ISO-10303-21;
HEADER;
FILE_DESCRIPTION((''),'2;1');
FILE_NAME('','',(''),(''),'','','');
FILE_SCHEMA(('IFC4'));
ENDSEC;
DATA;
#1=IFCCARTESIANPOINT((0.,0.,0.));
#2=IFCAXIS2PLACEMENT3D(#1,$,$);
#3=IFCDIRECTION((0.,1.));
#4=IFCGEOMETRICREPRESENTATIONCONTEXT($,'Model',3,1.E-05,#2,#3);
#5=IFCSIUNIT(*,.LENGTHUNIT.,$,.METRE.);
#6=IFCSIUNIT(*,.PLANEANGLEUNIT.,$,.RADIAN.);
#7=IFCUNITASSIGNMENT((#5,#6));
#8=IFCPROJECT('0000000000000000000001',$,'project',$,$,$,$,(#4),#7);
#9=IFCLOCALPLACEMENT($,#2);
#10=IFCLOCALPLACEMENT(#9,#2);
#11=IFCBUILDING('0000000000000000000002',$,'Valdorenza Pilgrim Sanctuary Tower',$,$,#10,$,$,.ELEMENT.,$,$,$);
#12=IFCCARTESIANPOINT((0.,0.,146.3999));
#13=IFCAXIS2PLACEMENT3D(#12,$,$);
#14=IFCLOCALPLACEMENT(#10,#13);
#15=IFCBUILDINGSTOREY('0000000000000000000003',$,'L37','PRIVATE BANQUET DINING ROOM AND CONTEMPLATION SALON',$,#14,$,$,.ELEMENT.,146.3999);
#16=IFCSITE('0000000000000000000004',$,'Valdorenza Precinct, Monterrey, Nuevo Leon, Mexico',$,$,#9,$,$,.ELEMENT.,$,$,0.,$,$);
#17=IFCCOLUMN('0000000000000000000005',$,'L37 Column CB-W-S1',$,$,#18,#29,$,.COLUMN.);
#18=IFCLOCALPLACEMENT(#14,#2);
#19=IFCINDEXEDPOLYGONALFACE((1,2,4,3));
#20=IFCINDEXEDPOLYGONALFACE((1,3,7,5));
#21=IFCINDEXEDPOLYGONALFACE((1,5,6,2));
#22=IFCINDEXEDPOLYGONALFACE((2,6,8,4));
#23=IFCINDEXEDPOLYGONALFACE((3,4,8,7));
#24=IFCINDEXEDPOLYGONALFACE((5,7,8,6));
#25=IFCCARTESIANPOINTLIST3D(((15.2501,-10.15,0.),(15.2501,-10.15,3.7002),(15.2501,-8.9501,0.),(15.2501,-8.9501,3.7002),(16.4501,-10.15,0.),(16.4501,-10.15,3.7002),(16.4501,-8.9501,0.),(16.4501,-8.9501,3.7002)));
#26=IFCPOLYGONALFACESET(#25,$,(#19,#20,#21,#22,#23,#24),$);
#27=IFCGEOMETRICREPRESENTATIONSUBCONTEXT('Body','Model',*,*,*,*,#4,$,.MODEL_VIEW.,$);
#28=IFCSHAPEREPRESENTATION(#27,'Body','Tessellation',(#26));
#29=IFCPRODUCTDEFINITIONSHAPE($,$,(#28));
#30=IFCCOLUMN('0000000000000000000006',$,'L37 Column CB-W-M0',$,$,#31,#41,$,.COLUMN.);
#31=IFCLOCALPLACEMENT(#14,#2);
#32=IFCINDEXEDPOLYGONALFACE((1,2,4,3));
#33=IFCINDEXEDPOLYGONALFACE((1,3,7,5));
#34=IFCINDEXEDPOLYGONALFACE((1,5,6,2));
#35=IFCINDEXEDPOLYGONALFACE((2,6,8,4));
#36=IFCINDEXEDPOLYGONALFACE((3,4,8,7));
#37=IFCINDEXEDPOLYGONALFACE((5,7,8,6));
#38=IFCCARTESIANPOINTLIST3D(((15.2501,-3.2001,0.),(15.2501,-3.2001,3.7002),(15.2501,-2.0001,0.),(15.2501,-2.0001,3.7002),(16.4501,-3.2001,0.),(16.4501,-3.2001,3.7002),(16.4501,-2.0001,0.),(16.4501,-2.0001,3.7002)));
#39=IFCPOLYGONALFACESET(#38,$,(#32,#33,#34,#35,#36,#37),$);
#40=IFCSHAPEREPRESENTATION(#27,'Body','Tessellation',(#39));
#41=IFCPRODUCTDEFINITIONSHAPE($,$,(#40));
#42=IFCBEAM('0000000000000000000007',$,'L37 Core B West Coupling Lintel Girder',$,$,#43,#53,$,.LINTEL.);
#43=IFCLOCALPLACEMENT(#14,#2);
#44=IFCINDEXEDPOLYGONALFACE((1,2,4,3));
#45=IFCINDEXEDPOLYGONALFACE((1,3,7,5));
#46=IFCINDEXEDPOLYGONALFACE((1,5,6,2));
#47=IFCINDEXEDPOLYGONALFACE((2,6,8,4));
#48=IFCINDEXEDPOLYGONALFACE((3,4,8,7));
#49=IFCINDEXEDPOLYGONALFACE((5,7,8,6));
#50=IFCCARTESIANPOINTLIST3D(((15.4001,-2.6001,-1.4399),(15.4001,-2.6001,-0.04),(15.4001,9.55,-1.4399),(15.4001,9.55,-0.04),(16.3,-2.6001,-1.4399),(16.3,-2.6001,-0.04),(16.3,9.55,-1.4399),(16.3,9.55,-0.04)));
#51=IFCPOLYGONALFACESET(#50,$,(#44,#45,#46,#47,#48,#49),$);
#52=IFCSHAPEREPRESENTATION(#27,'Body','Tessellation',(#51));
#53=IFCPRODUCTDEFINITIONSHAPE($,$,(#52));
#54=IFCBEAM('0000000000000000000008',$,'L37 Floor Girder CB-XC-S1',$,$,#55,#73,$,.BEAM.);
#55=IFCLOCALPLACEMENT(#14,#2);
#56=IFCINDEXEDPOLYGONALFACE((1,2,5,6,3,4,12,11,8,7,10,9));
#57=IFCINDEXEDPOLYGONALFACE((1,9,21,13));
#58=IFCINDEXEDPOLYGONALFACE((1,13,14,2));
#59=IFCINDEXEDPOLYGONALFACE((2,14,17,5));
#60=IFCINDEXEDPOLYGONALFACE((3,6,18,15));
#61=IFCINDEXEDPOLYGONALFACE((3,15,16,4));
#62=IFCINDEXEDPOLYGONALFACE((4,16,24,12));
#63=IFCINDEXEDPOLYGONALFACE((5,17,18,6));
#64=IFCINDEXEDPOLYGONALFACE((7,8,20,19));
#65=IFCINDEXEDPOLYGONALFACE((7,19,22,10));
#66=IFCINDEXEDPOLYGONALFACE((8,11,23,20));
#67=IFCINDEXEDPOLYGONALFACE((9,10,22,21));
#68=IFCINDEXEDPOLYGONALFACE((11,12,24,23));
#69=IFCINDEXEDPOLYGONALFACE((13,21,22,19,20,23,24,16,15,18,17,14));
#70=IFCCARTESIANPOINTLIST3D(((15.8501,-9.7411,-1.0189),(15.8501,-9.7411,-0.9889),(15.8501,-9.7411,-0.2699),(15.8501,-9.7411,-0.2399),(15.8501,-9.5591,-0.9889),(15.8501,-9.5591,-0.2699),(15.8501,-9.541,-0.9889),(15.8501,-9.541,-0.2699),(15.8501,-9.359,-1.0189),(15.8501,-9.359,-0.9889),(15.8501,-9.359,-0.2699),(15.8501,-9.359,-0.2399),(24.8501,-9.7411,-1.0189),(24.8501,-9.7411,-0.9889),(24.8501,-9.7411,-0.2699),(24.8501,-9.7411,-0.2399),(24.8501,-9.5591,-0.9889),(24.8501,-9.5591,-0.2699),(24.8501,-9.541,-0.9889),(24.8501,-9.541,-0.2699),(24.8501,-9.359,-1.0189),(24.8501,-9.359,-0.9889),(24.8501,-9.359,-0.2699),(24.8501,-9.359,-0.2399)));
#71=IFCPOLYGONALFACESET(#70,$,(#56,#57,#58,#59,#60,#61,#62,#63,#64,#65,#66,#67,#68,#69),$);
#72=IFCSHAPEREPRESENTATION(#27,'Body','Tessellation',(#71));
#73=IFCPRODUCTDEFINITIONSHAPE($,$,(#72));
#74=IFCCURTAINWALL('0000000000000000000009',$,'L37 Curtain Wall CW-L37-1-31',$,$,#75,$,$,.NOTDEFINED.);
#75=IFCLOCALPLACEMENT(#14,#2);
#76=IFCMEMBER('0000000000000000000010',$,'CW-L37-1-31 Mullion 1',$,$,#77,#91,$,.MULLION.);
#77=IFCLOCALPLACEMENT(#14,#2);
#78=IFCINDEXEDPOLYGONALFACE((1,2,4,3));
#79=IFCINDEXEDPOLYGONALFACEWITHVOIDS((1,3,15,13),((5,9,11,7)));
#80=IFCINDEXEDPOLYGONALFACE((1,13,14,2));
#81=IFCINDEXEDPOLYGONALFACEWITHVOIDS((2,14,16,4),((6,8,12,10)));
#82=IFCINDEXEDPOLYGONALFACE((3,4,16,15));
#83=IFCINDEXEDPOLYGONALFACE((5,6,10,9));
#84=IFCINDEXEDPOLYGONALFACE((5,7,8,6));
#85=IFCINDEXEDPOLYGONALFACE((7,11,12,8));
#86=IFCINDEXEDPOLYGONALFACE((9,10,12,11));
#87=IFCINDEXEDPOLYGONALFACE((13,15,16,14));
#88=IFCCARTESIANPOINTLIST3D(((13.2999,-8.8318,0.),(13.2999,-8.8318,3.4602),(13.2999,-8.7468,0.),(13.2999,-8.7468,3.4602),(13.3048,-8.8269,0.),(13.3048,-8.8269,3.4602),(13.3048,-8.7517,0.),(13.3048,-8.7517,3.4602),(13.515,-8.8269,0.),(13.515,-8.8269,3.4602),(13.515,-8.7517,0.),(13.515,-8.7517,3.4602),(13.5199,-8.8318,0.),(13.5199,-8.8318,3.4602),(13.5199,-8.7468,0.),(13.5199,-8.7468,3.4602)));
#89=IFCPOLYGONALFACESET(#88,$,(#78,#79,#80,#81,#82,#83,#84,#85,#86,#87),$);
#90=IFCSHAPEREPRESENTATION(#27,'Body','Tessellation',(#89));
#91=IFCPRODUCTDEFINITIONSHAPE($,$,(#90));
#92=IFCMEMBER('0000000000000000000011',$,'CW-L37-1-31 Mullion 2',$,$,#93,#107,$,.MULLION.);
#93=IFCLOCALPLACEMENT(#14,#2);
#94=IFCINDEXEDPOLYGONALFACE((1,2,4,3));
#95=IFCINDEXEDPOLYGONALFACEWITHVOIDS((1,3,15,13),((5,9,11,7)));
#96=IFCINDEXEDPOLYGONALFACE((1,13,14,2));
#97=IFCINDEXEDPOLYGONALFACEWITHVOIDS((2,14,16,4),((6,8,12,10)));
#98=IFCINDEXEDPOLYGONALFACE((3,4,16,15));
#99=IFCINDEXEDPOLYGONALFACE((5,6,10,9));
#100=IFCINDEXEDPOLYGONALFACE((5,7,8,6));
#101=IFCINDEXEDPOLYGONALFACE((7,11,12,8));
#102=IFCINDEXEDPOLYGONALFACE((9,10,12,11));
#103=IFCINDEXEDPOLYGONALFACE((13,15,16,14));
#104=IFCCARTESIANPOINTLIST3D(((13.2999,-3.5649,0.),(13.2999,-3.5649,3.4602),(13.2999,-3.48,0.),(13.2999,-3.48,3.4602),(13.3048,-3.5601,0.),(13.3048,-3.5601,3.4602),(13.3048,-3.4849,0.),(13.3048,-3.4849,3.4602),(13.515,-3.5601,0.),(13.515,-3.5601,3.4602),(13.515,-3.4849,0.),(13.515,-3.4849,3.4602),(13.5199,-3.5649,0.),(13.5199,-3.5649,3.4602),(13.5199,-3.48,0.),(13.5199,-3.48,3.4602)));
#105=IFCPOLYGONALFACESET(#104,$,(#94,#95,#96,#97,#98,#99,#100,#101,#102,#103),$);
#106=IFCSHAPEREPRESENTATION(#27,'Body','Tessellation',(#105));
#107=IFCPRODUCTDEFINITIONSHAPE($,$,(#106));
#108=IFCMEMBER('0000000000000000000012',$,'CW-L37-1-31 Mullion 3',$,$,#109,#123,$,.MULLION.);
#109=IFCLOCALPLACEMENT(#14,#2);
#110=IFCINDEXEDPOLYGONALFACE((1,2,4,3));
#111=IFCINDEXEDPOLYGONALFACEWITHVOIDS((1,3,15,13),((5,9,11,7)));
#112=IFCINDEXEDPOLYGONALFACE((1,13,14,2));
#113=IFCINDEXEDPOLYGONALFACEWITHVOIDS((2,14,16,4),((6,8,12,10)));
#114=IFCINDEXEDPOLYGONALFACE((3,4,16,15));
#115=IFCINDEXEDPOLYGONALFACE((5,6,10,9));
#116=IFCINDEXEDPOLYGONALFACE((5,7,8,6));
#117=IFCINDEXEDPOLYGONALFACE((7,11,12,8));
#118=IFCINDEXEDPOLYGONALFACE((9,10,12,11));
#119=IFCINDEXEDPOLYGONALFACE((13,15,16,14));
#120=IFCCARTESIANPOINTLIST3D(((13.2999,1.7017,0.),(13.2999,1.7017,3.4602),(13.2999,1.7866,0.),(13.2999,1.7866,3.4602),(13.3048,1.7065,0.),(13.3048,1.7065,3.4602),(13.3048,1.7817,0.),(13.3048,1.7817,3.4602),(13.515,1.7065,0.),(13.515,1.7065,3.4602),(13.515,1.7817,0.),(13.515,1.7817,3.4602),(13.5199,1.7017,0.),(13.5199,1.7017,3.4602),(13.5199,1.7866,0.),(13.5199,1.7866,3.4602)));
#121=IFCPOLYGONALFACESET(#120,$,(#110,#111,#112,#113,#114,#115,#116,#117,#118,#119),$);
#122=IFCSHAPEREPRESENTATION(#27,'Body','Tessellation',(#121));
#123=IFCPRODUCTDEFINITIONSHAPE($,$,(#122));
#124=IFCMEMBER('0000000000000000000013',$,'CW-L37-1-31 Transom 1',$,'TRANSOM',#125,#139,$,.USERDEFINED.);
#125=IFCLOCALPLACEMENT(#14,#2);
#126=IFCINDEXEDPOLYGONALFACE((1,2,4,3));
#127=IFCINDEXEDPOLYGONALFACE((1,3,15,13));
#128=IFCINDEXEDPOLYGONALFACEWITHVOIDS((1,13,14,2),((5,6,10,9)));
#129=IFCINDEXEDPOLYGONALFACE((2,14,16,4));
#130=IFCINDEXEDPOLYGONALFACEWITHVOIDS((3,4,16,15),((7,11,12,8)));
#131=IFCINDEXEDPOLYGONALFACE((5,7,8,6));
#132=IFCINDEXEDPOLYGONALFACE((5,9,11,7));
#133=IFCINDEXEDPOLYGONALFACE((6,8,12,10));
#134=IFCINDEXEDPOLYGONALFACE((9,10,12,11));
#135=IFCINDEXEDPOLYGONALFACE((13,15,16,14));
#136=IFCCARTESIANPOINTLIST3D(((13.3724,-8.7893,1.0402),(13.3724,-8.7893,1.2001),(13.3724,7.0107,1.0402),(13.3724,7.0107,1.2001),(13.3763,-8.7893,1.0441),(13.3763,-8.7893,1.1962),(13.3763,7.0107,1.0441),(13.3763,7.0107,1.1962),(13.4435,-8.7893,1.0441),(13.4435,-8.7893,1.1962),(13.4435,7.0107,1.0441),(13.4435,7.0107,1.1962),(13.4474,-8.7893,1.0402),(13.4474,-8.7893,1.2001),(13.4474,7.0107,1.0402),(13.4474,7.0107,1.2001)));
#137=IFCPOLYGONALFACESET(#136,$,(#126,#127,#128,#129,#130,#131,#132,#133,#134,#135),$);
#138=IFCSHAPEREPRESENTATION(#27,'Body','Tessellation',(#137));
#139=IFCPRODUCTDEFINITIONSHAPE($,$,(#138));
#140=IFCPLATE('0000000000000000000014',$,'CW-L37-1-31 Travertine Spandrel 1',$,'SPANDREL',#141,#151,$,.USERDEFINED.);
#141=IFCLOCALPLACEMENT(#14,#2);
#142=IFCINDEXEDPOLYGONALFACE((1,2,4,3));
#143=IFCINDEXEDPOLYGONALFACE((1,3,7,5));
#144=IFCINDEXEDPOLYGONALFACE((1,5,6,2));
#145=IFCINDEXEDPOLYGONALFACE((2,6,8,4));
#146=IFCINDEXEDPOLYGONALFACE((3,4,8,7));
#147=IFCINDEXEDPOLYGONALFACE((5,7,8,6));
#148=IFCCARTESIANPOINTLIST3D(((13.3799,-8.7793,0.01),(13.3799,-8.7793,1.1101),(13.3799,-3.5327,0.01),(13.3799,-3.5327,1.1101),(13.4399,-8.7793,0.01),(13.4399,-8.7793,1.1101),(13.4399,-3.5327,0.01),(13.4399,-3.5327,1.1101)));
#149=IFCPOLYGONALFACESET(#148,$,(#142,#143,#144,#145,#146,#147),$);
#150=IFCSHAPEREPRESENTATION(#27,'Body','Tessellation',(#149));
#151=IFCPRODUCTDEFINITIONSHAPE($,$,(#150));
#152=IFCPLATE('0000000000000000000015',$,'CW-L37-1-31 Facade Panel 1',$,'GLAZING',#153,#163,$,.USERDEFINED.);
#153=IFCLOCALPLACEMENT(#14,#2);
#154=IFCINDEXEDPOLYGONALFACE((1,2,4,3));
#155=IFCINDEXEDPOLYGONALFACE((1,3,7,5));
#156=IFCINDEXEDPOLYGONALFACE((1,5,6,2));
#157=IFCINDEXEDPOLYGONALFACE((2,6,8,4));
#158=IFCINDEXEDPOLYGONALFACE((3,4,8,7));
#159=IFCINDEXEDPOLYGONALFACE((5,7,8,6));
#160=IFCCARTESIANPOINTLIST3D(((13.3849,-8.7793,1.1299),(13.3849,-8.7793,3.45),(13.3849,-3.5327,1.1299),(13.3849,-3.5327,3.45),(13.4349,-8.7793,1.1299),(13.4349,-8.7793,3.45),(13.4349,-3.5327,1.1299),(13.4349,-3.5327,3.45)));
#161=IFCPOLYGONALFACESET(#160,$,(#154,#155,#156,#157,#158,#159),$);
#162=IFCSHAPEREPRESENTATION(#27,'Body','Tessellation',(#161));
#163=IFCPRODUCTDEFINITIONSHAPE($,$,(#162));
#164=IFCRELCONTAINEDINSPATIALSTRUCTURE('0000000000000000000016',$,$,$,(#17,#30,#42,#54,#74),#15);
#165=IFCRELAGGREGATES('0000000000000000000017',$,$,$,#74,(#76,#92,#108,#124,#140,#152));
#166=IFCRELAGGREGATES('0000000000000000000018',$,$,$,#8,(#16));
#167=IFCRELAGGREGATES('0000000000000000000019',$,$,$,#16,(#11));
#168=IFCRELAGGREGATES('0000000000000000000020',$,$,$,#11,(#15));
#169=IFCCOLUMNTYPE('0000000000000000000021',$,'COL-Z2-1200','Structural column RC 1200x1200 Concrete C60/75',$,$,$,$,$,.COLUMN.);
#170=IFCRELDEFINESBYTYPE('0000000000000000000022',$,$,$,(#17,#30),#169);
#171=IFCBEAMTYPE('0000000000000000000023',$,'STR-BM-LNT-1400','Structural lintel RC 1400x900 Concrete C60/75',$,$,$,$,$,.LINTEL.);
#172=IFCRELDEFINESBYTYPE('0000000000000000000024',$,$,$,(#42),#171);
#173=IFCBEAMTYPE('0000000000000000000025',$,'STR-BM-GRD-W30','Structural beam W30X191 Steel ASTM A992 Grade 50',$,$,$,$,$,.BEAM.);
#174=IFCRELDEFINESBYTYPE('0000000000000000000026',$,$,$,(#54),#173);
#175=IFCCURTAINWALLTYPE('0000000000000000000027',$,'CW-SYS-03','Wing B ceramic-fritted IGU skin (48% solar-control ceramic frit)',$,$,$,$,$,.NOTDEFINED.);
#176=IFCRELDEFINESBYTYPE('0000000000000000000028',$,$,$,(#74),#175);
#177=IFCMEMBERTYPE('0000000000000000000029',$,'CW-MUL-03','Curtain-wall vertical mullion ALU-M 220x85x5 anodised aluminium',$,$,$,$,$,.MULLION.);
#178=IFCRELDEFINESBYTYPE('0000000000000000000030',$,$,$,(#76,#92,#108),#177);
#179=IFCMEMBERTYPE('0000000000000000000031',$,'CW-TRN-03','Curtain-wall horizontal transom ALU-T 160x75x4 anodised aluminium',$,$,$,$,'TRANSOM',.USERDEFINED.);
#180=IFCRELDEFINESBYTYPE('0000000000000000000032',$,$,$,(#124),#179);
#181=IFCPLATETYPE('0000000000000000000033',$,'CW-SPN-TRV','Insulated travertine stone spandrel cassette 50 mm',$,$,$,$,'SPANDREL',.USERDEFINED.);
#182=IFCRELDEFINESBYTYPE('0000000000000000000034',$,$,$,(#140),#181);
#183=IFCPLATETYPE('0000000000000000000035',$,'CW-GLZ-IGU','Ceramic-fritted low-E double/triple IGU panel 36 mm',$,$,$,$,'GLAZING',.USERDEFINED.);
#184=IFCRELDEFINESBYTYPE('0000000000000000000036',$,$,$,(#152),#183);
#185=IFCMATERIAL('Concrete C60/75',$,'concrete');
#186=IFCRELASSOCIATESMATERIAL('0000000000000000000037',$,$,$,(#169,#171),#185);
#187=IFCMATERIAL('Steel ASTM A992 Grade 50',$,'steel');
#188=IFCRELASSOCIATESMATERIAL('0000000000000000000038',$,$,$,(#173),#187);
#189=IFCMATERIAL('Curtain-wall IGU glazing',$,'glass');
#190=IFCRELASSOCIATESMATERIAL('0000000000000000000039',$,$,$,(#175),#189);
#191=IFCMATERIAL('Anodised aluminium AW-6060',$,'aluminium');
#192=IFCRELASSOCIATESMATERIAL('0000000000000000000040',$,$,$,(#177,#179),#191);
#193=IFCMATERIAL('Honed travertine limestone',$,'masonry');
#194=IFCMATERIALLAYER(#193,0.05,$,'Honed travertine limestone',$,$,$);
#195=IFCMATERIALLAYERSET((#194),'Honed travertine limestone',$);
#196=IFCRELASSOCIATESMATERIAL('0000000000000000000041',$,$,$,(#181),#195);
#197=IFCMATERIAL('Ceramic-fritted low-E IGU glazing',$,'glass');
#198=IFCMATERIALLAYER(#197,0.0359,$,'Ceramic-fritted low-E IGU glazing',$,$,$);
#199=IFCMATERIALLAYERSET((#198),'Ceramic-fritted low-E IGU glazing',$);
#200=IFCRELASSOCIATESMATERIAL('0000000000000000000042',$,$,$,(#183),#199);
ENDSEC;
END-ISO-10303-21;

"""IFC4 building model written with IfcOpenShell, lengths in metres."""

from ifc_helpers import new_model, si_unit, direction, frame, origin, origin_2d, place, context, subcontext, project, spatial, rectangle, hollow_rectangle, i_section, extrude, source, transform, mapped, material, layer, layer_set, material_profile, profile_set, type_object, element, aggregate, save


model = new_model("IFC4")

# Units and contexts
model_context = context("Model", 3, precision=1e-05, world=origin(), true_north=direction((0.0, 1.0)))
body_context = subcontext(model_context, "Body", "Model", "MODEL_VIEW")
ifc_project = project(units=[si_unit("LENGTHUNIT", "METRE"), si_unit("PLANEANGLEUNIT", "RADIAN")], contexts=[model_context])

# Site, building, storey
site_placement = place(None, origin())
site = spatial("IfcSite", under=ifc_project, at=site_placement, Name="Valdorenza Precinct, Monterrey, Nuevo Leon, Mexico", CompositionType="ELEMENT", RefElevation=0.0)
building_placement = place(site_placement, origin())
building = spatial("IfcBuilding", under=site, at=building_placement, Name="Valdorenza Pilgrim Sanctuary Tower", CompositionType="ELEMENT")
storey_placement = place(building_placement, frame((0.0, 0.0, 146.3999)))
storey = spatial("IfcBuildingStorey", under=building, at=storey_placement, Name="L37", Description="PRIVATE BANQUET DINING ROOM AND CONTEMPLATION SALON", CompositionType="ELEMENT", Elevation=146.3999)

# Columns
ifc_material_1 = material(Name="Concrete C60/75", Category="concrete")
ifc_material_profile_1 = material_profile(ifc_material_1, rectangle(XDim=1.2, YDim=1.2, at=origin_2d()), Name="RC 1200x1200")
ifc_profile_set_1 = profile_set([ifc_material_profile_1], Name="Concrete C60/75")
column_type = type_object("IfcColumnType", Name="COL-Z2-1200", Description="Structural column RC 1200x1200 Concrete C60/75", PredefinedType="COLUMN", material=ifc_profile_set_1)
shared_shape_1 = source(origin(), body_context, "Body", "SweptSolid", [
    extrude(rectangle(XDim=1.2, YDim=1.2, at=origin_2d()), origin(), (0.0, 0.0, 1.0), 3.7002),
])
for number, where, z_axis, x_axis, name in (
    (1, (15.8501, -9.55, 0.0), (0.0, 0.0, 1.0), (1.0, 0.0, 0.0), "L37 Column CB-W-S1"),
    (2, (15.8501, -2.6001, 0.0), (0.0, 0.0, 1.0), (1.0, 0.0, 0.0), "L37 Column CB-W-M0"),
):
    element("IfcColumn", number, at=place(storey_placement, frame(where, z_axis=z_axis, x_axis=x_axis)), inside=storey, type_object=column_type, Name=name, PredefinedType="COLUMN", context=body_context, shape_type="MappedRepresentation", body=[
        mapped(shared_shape_1, transform((0.0, 0.0, 0.0), x_axis=(1.0, 0.0, 0.0), y_axis=(0.0, 1.0, 0.0), z_axis=(0.0, 0.0, 1.0), scale=1.0)),
    ])

# Beams
ifc_material_profile_2 = material_profile(ifc_material_1, rectangle(XDim=0.8999, YDim=1.3999, at=origin_2d()), Name="RC 1400x900")
ifc_profile_set_2 = profile_set([ifc_material_profile_2], Name="Concrete C60/75")
beam_type_1 = type_object("IfcBeamType", Name="STR-BM-LNT-1400", Description="Structural lintel RC 1400x900 Concrete C60/75", PredefinedType="LINTEL", material=ifc_profile_set_2)
shared_shape_2 = source(origin(), body_context, "Body", "SweptSolid", [
    extrude(rectangle(XDim=0.8999, YDim=1.3999, at=origin_2d()), origin(), (0.0, 0.0, 1.0), 12.1501),
])
beam_1_placement = place(storey_placement, frame((15.8501, -2.6001, -0.74), z_axis=(0.0, 1.0, 0.0), x_axis=(-1.0, 0.0, 0.0)))
element("IfcBeam", 3, at=beam_1_placement, inside=storey, type_object=beam_type_1, Name="L37 Core B West Coupling Lintel Girder", PredefinedType="LINTEL", context=body_context, shape_type="MappedRepresentation", body=[
    mapped(shared_shape_2, transform((0.0, 0.0, 0.0), x_axis=(1.0, 0.0, 0.0), y_axis=(0.0, 1.0, 0.0), z_axis=(0.0, 0.0, 1.0), scale=1.0)),
])
ifc_material_2 = material(Name="Steel ASTM A992 Grade 50", Category="steel")
ifc_material_profile_3 = material_profile(ifc_material_2, i_section(OverallWidth=0.3821, OverallDepth=0.7791, WebThickness=0.0181, FlangeThickness=0.03, at=origin_2d()), Name="W30X191")
ifc_profile_set_3 = profile_set([ifc_material_profile_3], Name="Steel ASTM A992 Grade 50")
beam_type_2 = type_object("IfcBeamType", Name="STR-BM-GRD-W30", Description="Structural beam W30X191 Steel ASTM A992 Grade 50", PredefinedType="BEAM", material=ifc_profile_set_3)
shared_shape_3 = source(origin(), body_context, "Body", "SweptSolid", [
    extrude(i_section(OverallWidth=0.3821, OverallDepth=0.7791, WebThickness=0.0181, FlangeThickness=0.03, at=origin_2d()), origin(), (0.0, 0.0, 1.0), 9.0),
])
beam_2_placement = place(storey_placement, frame((15.8501, -9.55, -0.6294), z_axis=(1.0, 0.0, 0.0), x_axis=(0.0, 1.0, 0.0)))
element("IfcBeam", 4, at=beam_2_placement, inside=storey, type_object=beam_type_2, Name="L37 Floor Girder CB-XC-S1", PredefinedType="BEAM", context=body_context, shape_type="MappedRepresentation", body=[
    mapped(shared_shape_3, transform((0.0, 0.0, 0.0), x_axis=(1.0, 0.0, 0.0), y_axis=(0.0, 1.0, 0.0), z_axis=(0.0, 0.0, 1.0), scale=1.0)),
])

# Curtain wall, members, plates
ifc_material_3 = material(Name="Curtain-wall IGU glazing", Category="glass")
curtain_wall_type = type_object("IfcCurtainWallType", Name="CW-SYS-03", Description="Wing B ceramic-fritted IGU skin (48% solar-control ceramic frit)", PredefinedType="NOTDEFINED", material=ifc_material_3)
curtain_wall_placement = place(storey_placement, origin())
curtain_wall = element("IfcCurtainWall", 5, at=curtain_wall_placement, inside=storey, type_object=curtain_wall_type, Name="L37 Curtain Wall CW-L37-1-31", PredefinedType="NOTDEFINED")
ifc_material_4 = material(Name="Anodised aluminium AW-6060", Category="aluminium")
ifc_material_profile_4 = material_profile(ifc_material_4, hollow_rectangle(XDim=0.085, YDim=0.22, WallThickness=0.0049, at=origin_2d()), Name="ALU-M 220x85x5")
ifc_profile_set_4 = profile_set([ifc_material_profile_4], Name="Anodised aluminium AW-6060")
member_type_1 = type_object("IfcMemberType", Name="CW-MUL-03", Description="Curtain-wall vertical mullion ALU-M 220x85x5 anodised aluminium", PredefinedType="MULLION", material=ifc_profile_set_4)
shared_shape_4 = source(origin(), body_context, "Body", "SweptSolid", [
    extrude(hollow_rectangle(XDim=0.085, YDim=0.22, WallThickness=0.0049, at=origin_2d()), origin(), (0.0, 0.0, 1.0), 3.4602),
])
member_1_placement = place(storey_placement, frame((13.4099, -8.7893, 0.0), z_axis=(0.0, 0.0, 1.0), x_axis=(0.0, 1.0, 0.0)))
member_1 = element("IfcMember", 6, at=member_1_placement, type_object=member_type_1, Name="CW-L37-1-31 Mullion 1", PredefinedType="MULLION", context=body_context, shape_type="MappedRepresentation", body=[
    mapped(shared_shape_4, transform((0.0, 0.0, 0.0), x_axis=(1.0, 0.0, 0.0), y_axis=(0.0, 1.0, 0.0), z_axis=(0.0, 0.0, 1.0), scale=1.0)),
])
member_2_placement = place(storey_placement, frame((13.4099, -3.5225, 0.0), z_axis=(0.0, 0.0, 1.0), x_axis=(0.0, 1.0, 0.0)))
member_2 = element("IfcMember", 7, at=member_2_placement, type_object=member_type_1, Name="CW-L37-1-31 Mullion 2", PredefinedType="MULLION", context=body_context, shape_type="MappedRepresentation", body=[
    mapped(shared_shape_4, transform((0.0, 0.0, 0.0), x_axis=(1.0, 0.0, 0.0), y_axis=(0.0, 1.0, 0.0), z_axis=(0.0, 0.0, 1.0), scale=1.0)),
])
member_3_placement = place(storey_placement, frame((13.4099, 1.7441, 0.0), z_axis=(0.0, 0.0, 1.0), x_axis=(0.0, 1.0, 0.0)))
member_3 = element("IfcMember", 8, at=member_3_placement, type_object=member_type_1, Name="CW-L37-1-31 Mullion 3", PredefinedType="MULLION", context=body_context, shape_type="MappedRepresentation", body=[
    mapped(shared_shape_4, transform((0.0, 0.0, 0.0), x_axis=(1.0, 0.0, 0.0), y_axis=(0.0, 1.0, 0.0), z_axis=(0.0, 0.0, 1.0), scale=1.0)),
])
ifc_material_profile_5 = material_profile(ifc_material_4, hollow_rectangle(XDim=0.075, YDim=0.1599, WallThickness=0.0039, at=origin_2d()), Name="ALU-T 160x75x4")
ifc_profile_set_5 = profile_set([ifc_material_profile_5], Name="Anodised aluminium AW-6060")
member_type_2 = type_object("IfcMemberType", Name="CW-TRN-03", Description="Curtain-wall horizontal transom ALU-T 160x75x4 anodised aluminium", ElementType="TRANSOM", PredefinedType="USERDEFINED", material=ifc_profile_set_5)
shared_shape_5 = source(origin(), body_context, "Body", "SweptSolid", [
    extrude(hollow_rectangle(XDim=0.075, YDim=0.1599, WallThickness=0.0039, at=origin_2d()), origin(), (0.0, 0.0, 1.0), 15.8),
])
member_4_placement = place(storey_placement, frame((13.4099, -8.7893, 1.1201), z_axis=(0.0, 1.0, 0.0), x_axis=(-1.0, 0.0, 0.0)))
member_4 = element("IfcMember", 9, at=member_4_placement, type_object=member_type_2, Name="CW-L37-1-31 Transom 1", ObjectType="TRANSOM", PredefinedType="USERDEFINED", context=body_context, shape_type="MappedRepresentation", body=[
    mapped(shared_shape_5, transform((0.0, 0.0, 0.0), x_axis=(1.0, 0.0, 0.0), y_axis=(0.0, 1.0, 0.0), z_axis=(0.0, 0.0, 1.0), scale=1.0)),
])
ifc_material_5 = material(Name="Honed travertine limestone", Category="masonry")
ifc_layer_1 = layer(ifc_material_5, 0.05, Name="Honed travertine limestone")
ifc_layer_set_1 = layer_set([ifc_layer_1], Name="Honed travertine limestone")
plate_type_1 = type_object("IfcPlateType", Name="CW-SPN-TRV", Description="Insulated travertine stone spandrel cassette 50 mm", ElementType="SPANDREL", PredefinedType="USERDEFINED", material=ifc_layer_set_1)
shared_shape_6 = source(origin(), body_context, "Body", "SweptSolid", [
    extrude(rectangle(XDim=5.2466, YDim=0.0601, at=origin_2d()), origin(), (0.0, 0.0, 1.0), 1.1001),
])
plate_1_placement = place(storey_placement, frame((13.4099, -6.156, 0.01), z_axis=(0.0, 0.0, 1.0), x_axis=(0.0, 1.0, 0.0)))
plate_1 = element("IfcPlate", 10, at=plate_1_placement, type_object=plate_type_1, Name="CW-L37-1-31 Travertine Spandrel 1", ObjectType="SPANDREL", PredefinedType="USERDEFINED", context=body_context, shape_type="MappedRepresentation", body=[
    mapped(shared_shape_6, transform((0.0, 0.0, 0.0), x_axis=(1.0, 0.0, 0.0), y_axis=(0.0, 1.0, 0.0), z_axis=(0.0, 0.0, 1.0), scale=1.0)),
])
ifc_material_6 = material(Name="Ceramic-fritted low-E IGU glazing", Category="glass")
ifc_layer_2 = layer(ifc_material_6, 0.0359, Name="Ceramic-fritted low-E IGU glazing")
ifc_layer_set_2 = layer_set([ifc_layer_2], Name="Ceramic-fritted low-E IGU glazing")
plate_type_2 = type_object("IfcPlateType", Name="CW-GLZ-IGU", Description="Ceramic-fritted low-E double/triple IGU panel 36 mm", ElementType="GLAZING", PredefinedType="USERDEFINED", material=ifc_layer_set_2)
shared_shape_7 = source(origin(), body_context, "Body", "SweptSolid", [
    extrude(rectangle(XDim=5.2466, YDim=0.05, at=origin_2d()), origin(), (0.0, 0.0, 1.0), 2.3201),
])
plate_2_placement = place(storey_placement, frame((13.4099, -6.156, 1.1299), z_axis=(0.0, 0.0, 1.0), x_axis=(0.0, 1.0, 0.0)))
plate_2 = element("IfcPlate", 11, at=plate_2_placement, type_object=plate_type_2, Name="CW-L37-1-31 Facade Panel 1", ObjectType="GLAZING", PredefinedType="USERDEFINED", context=body_context, shape_type="MappedRepresentation", body=[
    mapped(shared_shape_7, transform((0.0, 0.0, 0.0), x_axis=(1.0, 0.0, 0.0), y_axis=(0.0, 1.0, 0.0), z_axis=(0.0, 0.0, 1.0), scale=1.0)),
])
aggregate(curtain_wall, [member_1, member_2, member_3, member_4, plate_1, plate_2])

save(model, "model.ifc")
